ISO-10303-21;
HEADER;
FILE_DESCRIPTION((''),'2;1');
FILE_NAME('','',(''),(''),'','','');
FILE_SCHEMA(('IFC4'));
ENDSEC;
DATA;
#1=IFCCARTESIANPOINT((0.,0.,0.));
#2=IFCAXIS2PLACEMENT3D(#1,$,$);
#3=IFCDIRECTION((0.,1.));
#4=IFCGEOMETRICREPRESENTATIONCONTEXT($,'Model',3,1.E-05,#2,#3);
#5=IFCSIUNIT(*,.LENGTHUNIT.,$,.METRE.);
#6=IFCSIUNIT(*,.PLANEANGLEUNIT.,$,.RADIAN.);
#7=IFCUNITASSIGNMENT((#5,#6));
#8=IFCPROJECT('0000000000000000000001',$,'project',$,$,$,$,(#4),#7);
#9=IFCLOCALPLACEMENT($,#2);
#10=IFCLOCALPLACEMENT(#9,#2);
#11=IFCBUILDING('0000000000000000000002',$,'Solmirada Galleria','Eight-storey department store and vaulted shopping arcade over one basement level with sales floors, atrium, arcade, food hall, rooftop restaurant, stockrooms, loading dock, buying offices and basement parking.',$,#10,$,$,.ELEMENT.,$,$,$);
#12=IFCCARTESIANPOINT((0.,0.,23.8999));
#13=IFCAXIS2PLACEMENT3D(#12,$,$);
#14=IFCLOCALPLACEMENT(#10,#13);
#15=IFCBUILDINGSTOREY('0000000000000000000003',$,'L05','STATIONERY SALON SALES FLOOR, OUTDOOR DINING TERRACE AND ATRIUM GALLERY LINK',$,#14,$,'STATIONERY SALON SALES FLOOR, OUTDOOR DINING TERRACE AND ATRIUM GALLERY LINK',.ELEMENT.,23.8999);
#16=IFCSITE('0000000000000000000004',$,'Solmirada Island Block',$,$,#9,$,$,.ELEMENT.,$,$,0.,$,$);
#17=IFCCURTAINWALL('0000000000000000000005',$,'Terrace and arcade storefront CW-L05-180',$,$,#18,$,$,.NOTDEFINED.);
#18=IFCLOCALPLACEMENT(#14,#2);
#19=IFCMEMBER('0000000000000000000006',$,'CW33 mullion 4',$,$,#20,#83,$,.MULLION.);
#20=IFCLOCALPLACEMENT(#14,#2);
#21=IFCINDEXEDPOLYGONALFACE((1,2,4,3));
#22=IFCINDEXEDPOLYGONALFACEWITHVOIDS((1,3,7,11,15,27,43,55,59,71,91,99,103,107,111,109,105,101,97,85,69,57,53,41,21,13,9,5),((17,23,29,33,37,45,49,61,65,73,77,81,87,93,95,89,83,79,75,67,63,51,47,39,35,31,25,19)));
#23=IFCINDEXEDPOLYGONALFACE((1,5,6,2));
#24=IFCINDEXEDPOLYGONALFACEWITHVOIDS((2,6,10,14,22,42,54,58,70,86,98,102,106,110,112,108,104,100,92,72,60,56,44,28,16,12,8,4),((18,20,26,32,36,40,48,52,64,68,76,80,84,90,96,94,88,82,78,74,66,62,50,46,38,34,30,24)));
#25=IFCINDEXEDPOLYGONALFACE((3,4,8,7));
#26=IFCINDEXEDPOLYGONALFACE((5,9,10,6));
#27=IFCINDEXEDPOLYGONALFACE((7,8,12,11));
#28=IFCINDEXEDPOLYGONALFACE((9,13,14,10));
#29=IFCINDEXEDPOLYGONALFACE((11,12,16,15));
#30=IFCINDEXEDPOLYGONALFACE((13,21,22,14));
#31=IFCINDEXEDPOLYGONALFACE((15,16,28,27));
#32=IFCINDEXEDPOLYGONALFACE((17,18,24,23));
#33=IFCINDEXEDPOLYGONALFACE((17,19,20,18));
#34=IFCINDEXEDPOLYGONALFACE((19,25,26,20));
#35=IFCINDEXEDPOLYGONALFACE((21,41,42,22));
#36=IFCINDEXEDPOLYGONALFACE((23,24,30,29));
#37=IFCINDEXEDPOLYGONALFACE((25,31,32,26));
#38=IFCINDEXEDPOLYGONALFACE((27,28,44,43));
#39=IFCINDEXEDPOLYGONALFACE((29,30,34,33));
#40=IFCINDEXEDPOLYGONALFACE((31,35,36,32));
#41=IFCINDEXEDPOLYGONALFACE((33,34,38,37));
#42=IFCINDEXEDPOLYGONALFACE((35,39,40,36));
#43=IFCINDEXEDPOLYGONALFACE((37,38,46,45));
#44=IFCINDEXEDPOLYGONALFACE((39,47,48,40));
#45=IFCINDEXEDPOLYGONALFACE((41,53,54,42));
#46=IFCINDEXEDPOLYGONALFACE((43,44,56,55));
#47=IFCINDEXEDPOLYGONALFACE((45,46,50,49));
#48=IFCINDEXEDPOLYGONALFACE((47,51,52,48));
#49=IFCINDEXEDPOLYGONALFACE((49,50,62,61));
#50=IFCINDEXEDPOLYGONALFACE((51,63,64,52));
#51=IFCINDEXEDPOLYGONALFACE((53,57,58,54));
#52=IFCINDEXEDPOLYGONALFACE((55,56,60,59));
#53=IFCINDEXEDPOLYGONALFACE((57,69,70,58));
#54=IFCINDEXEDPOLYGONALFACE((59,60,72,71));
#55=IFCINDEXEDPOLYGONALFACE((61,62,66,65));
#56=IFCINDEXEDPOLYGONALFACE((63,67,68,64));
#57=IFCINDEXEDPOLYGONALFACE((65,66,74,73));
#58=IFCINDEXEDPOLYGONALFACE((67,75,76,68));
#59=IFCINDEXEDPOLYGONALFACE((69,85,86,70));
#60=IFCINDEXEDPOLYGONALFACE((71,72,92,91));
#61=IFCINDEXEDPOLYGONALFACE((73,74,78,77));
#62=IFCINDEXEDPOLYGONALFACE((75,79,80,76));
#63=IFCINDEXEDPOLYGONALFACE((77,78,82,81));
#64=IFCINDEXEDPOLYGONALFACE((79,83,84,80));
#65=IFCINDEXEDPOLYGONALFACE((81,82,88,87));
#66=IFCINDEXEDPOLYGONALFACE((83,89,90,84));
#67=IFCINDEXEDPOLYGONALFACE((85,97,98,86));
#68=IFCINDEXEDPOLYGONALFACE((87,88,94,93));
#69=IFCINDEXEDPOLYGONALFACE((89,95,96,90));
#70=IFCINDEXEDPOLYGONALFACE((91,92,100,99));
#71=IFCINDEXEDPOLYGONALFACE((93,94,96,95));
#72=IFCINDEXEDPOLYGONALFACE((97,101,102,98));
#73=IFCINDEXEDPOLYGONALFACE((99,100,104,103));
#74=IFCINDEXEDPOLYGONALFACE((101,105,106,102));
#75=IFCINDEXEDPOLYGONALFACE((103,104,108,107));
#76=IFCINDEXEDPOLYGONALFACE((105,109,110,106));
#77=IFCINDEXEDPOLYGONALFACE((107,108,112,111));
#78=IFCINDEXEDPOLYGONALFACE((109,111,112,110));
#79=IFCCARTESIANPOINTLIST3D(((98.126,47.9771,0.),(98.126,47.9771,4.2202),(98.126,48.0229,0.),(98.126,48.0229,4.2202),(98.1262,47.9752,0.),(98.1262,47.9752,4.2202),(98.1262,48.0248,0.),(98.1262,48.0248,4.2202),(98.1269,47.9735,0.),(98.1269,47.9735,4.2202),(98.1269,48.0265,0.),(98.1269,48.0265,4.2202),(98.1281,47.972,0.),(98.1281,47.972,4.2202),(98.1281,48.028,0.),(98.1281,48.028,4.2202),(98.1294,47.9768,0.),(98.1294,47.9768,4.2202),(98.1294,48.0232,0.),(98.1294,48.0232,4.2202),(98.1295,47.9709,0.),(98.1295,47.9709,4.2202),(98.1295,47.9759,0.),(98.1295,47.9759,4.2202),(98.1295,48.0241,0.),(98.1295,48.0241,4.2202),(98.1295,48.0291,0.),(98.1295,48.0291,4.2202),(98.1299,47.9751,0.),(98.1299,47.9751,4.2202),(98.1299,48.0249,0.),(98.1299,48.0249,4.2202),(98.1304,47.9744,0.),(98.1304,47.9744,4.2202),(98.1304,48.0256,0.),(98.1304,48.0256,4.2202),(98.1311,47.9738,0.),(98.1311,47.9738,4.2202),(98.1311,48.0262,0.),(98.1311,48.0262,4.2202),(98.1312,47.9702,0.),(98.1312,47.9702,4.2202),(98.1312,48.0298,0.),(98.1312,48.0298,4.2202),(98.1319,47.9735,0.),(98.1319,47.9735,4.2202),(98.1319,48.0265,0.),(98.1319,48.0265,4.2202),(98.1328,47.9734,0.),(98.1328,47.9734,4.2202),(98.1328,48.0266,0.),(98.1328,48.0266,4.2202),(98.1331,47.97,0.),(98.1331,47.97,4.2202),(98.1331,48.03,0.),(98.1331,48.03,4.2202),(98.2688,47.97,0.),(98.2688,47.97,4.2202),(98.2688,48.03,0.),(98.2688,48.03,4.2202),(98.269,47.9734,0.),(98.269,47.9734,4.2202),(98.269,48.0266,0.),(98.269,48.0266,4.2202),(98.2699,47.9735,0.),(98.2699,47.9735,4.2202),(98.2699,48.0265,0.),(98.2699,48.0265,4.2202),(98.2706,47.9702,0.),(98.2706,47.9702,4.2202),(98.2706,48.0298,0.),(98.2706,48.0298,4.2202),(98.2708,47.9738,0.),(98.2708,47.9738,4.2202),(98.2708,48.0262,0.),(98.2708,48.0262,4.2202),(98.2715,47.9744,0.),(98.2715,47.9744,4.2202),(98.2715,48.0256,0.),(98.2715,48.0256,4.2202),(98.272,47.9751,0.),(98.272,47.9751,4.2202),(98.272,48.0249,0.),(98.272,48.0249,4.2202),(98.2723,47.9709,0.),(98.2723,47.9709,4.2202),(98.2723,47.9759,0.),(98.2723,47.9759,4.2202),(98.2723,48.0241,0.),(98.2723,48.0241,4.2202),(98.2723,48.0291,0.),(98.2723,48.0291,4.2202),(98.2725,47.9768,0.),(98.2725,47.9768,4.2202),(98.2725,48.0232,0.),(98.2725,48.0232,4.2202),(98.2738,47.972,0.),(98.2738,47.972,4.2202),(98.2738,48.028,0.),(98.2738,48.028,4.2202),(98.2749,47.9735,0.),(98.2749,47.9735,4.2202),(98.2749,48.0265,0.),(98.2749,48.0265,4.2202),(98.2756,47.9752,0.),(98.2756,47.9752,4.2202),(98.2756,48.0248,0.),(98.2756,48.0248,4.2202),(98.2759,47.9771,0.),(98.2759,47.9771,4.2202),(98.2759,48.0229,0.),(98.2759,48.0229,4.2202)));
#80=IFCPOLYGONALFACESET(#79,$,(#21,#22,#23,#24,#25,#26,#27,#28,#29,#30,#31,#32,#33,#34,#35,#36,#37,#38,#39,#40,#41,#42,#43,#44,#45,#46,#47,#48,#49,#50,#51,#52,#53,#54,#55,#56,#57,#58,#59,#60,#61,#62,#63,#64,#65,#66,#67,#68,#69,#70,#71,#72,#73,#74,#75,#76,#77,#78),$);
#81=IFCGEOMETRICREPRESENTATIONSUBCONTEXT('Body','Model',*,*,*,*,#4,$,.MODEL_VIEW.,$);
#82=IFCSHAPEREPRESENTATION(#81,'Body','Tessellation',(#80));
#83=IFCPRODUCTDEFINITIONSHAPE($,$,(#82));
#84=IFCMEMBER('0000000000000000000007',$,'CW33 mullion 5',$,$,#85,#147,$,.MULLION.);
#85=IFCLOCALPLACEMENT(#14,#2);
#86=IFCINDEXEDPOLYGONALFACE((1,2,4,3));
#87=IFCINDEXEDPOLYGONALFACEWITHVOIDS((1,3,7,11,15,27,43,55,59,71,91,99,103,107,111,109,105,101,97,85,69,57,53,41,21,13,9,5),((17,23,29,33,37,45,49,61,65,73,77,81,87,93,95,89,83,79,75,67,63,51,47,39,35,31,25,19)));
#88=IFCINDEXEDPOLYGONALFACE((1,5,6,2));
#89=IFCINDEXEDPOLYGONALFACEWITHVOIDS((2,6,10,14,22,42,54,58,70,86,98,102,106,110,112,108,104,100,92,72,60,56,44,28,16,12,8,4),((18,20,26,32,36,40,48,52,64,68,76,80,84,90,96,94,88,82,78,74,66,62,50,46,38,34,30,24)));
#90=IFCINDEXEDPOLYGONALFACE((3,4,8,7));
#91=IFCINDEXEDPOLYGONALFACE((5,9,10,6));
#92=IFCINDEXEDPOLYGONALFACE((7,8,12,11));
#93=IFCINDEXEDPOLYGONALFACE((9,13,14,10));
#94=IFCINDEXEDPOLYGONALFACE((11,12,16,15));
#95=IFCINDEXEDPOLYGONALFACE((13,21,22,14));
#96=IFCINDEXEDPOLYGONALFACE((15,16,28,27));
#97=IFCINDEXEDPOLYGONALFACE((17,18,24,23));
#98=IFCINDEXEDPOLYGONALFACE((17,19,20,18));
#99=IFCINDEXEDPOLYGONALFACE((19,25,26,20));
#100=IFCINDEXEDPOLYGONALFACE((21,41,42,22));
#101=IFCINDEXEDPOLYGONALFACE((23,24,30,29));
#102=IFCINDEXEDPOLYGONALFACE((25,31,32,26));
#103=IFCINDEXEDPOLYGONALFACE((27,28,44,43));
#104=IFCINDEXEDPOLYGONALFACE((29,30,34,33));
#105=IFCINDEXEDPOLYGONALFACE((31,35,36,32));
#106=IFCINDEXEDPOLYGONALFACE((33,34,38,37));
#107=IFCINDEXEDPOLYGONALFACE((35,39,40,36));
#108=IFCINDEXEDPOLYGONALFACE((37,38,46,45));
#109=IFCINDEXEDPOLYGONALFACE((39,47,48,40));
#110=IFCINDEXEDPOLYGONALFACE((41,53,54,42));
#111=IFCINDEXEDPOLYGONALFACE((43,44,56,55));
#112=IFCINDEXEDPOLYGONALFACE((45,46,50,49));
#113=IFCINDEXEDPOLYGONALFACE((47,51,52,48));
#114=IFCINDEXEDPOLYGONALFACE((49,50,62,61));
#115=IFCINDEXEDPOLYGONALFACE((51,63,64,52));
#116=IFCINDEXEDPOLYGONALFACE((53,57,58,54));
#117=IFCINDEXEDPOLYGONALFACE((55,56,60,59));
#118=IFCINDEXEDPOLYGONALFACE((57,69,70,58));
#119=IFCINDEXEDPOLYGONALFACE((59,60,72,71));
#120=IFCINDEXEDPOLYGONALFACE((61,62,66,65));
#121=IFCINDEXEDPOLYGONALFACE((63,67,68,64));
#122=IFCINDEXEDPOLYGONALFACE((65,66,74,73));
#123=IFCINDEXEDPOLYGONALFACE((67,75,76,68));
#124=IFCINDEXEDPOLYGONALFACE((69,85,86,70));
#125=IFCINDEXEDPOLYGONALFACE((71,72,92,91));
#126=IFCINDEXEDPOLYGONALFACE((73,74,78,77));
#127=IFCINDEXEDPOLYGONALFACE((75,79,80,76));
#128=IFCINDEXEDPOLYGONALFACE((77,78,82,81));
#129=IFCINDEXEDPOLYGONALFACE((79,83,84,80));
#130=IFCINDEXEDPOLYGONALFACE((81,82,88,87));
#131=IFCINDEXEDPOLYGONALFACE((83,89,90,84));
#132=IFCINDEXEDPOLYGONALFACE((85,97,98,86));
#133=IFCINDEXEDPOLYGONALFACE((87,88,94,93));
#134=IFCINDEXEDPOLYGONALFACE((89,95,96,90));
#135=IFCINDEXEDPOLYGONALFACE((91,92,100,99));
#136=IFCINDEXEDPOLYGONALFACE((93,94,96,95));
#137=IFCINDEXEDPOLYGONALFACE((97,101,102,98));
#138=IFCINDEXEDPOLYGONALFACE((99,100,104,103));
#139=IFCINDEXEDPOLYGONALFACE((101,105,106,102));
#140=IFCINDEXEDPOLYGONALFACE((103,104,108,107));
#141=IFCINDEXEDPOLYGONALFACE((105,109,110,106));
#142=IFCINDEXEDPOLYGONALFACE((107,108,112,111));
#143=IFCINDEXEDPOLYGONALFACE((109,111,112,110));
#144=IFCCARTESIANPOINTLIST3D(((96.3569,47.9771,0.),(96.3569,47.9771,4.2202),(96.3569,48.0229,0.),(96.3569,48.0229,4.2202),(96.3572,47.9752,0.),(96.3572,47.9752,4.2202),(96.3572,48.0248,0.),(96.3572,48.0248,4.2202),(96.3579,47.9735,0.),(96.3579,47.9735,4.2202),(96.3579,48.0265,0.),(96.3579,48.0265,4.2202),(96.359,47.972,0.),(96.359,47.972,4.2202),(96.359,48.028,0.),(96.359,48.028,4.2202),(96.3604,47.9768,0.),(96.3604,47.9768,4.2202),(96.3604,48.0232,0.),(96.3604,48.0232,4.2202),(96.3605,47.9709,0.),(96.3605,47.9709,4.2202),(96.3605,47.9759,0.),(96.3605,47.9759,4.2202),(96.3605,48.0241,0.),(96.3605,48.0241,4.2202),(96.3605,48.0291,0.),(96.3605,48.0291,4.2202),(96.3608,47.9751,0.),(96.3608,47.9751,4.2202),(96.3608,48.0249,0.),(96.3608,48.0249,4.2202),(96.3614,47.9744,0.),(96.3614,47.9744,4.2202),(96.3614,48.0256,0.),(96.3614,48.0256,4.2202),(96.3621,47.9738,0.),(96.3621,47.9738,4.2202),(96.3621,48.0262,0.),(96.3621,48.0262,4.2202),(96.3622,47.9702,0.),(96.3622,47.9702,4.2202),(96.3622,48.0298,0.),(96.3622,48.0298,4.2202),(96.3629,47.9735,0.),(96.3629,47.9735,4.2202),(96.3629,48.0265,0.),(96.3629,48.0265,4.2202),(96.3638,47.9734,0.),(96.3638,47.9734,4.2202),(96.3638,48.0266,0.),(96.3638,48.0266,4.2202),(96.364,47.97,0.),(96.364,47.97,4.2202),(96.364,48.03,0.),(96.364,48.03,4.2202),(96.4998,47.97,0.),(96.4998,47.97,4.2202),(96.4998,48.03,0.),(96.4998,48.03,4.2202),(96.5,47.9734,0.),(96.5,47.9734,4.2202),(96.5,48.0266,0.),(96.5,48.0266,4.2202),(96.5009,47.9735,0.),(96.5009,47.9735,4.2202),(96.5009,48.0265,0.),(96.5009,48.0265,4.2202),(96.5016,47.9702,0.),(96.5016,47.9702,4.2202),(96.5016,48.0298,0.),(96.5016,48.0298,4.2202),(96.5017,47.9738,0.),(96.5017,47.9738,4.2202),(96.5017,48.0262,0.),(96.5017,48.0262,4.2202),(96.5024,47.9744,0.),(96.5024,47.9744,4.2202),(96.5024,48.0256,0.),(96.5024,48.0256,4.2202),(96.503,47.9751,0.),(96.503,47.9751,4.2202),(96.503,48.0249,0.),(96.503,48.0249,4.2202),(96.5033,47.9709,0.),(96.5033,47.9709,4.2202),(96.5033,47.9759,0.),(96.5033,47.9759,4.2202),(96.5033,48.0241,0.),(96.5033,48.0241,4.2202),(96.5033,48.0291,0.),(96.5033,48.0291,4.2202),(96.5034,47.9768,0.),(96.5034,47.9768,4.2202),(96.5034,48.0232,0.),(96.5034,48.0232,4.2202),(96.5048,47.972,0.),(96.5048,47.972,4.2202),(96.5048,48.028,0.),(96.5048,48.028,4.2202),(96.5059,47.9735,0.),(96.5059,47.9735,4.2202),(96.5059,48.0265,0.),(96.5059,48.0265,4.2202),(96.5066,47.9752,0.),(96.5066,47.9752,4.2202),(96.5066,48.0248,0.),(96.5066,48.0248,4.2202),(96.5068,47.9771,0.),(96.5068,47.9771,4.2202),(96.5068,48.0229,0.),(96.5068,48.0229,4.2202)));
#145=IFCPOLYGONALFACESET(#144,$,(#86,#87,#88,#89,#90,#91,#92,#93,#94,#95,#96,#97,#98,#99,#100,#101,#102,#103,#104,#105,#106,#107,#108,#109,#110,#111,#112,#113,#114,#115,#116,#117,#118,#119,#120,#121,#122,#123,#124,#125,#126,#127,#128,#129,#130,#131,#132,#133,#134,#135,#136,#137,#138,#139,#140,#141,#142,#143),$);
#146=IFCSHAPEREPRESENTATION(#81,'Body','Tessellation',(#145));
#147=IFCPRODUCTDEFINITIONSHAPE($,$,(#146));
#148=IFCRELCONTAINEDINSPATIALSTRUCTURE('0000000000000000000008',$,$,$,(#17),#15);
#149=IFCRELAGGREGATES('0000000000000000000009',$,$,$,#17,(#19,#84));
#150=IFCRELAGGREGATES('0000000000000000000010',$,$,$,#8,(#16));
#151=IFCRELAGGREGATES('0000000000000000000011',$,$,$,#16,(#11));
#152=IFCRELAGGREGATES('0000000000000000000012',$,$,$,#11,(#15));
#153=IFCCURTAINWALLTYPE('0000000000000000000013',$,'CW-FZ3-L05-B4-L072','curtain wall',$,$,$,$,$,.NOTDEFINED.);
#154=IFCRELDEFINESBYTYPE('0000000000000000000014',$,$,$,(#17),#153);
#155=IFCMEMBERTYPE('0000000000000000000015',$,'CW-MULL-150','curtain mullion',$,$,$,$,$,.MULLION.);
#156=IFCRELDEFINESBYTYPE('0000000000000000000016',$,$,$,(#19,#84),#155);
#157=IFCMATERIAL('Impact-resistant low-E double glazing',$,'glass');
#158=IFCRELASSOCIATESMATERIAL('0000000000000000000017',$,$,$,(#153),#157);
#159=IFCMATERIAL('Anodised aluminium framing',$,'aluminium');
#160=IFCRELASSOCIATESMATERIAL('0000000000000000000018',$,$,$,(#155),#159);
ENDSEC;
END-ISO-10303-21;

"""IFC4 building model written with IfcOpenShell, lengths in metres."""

from ifc_helpers import new_model, si_unit, direction, frame, origin, origin_2d, place, context, subcontext, project, spatial, hollow_rectangle, extrude, material, material_profile, profile_set, type_object, element, aggregate, save


model = new_model("IFC4")

# Units and contexts
model_context = context("Model", 3, precision=1e-05, world=origin(), true_north=direction((0.0, 1.0)))
body_context = subcontext(model_context, "Body", "Model", "MODEL_VIEW")
ifc_project = project(units=[si_unit("LENGTHUNIT", "METRE"), si_unit("PLANEANGLEUNIT", "RADIAN")], contexts=[model_context])

# Site, building, storey
site_placement = place(None, origin())
site = spatial("IfcSite", under=ifc_project, at=site_placement, Name="Solmirada Island Block", CompositionType="ELEMENT", RefElevation=0.0)
building_placement = place(site_placement, origin())
building = spatial("IfcBuilding", under=site, at=building_placement, Name="Solmirada Galleria", Description="Eight-storey department store and vaulted shopping arcade over one basement level with sales floors, atrium, arcade, food hall, rooftop restaurant, stockrooms, loading dock, buying offices and basement parking.", CompositionType="ELEMENT")
storey_placement = place(building_placement, frame((0.0, 0.0, 23.8999)))
storey = spatial("IfcBuildingStorey", under=building, at=storey_placement, Name="L05", Description="STATIONERY SALON SALES FLOOR, OUTDOOR DINING TERRACE AND ATRIUM GALLERY LINK", LongName="STATIONERY SALON SALES FLOOR, OUTDOOR DINING TERRACE AND ATRIUM GALLERY LINK", CompositionType="ELEMENT", Elevation=23.8999)

# Shared definitions
ifc_material_1 = material(Name="Impact-resistant low-E double glazing", Category="glass")
curtain_wall_type = type_object("IfcCurtainWallType", Name="CW-FZ3-L05-B4-L072", Description="curtain wall", PredefinedType="NOTDEFINED", material=ifc_material_1)
ifc_material_2 = material(Name="Anodised aluminium framing", Category="aluminium")
ifc_material_profile_1 = material_profile(ifc_material_2, hollow_rectangle(XDim=0.0601, YDim=0.1499, WallThickness=0.0034, InnerFilletRadius=0.0034, OuterFilletRadius=0.0071, at=origin_2d()), Name="ALU-MULL-150X60")
ifc_profile_set_1 = profile_set([ifc_material_profile_1], Name="Anodised aluminium framing")
member_type_1 = type_object("IfcMemberType", Name="CW-MULL-150", Description="curtain mullion", PredefinedType="MULLION", material=ifc_profile_set_1)

# Curtain wall, members
curtain_wall_1_placement = place(storey_placement, origin())
curtain_wall_1 = element("IfcCurtainWall", 1, at=curtain_wall_1_placement, inside=storey, type_object=curtain_wall_type, Name="Terrace and arcade storefront CW-L05-180", PredefinedType="NOTDEFINED")
member_1_placement = place(storey_placement, frame((98.2009, 48.0, 0.0), z_axis=(0.0, 0.0, 1.0), x_axis=(0.0, -1.0, 0.0)))
member_1 = element("IfcMember", 2, at=member_1_placement, type_object=member_type_1, Name="CW33 mullion 4", PredefinedType="MULLION", context=body_context, shape_type="SweptSolid", body=[
    extrude(hollow_rectangle(XDim=0.0601, YDim=0.1499, WallThickness=0.0034, InnerFilletRadius=0.0034, OuterFilletRadius=0.0071, at=origin_2d()), origin(), (0.0, 0.0, 1.0), 4.2202),
])
member_2_placement = place(storey_placement, frame((96.4319, 48.0, 0.0), z_axis=(0.0, 0.0, 1.0), x_axis=(0.0, -1.0, 0.0)))
member_2 = element("IfcMember", 3, at=member_2_placement, type_object=member_type_1, Name="CW33 mullion 5", PredefinedType="MULLION", context=body_context, shape_type="SweptSolid", body=[
    extrude(hollow_rectangle(XDim=0.0601, YDim=0.1499, WallThickness=0.0034, InnerFilletRadius=0.0034, OuterFilletRadius=0.0071, at=origin_2d()), origin(), (0.0, 0.0, 1.0), 4.2202),
])
aggregate(curtain_wall_1, [member_1, member_2])

save(model, "model.ifc")
